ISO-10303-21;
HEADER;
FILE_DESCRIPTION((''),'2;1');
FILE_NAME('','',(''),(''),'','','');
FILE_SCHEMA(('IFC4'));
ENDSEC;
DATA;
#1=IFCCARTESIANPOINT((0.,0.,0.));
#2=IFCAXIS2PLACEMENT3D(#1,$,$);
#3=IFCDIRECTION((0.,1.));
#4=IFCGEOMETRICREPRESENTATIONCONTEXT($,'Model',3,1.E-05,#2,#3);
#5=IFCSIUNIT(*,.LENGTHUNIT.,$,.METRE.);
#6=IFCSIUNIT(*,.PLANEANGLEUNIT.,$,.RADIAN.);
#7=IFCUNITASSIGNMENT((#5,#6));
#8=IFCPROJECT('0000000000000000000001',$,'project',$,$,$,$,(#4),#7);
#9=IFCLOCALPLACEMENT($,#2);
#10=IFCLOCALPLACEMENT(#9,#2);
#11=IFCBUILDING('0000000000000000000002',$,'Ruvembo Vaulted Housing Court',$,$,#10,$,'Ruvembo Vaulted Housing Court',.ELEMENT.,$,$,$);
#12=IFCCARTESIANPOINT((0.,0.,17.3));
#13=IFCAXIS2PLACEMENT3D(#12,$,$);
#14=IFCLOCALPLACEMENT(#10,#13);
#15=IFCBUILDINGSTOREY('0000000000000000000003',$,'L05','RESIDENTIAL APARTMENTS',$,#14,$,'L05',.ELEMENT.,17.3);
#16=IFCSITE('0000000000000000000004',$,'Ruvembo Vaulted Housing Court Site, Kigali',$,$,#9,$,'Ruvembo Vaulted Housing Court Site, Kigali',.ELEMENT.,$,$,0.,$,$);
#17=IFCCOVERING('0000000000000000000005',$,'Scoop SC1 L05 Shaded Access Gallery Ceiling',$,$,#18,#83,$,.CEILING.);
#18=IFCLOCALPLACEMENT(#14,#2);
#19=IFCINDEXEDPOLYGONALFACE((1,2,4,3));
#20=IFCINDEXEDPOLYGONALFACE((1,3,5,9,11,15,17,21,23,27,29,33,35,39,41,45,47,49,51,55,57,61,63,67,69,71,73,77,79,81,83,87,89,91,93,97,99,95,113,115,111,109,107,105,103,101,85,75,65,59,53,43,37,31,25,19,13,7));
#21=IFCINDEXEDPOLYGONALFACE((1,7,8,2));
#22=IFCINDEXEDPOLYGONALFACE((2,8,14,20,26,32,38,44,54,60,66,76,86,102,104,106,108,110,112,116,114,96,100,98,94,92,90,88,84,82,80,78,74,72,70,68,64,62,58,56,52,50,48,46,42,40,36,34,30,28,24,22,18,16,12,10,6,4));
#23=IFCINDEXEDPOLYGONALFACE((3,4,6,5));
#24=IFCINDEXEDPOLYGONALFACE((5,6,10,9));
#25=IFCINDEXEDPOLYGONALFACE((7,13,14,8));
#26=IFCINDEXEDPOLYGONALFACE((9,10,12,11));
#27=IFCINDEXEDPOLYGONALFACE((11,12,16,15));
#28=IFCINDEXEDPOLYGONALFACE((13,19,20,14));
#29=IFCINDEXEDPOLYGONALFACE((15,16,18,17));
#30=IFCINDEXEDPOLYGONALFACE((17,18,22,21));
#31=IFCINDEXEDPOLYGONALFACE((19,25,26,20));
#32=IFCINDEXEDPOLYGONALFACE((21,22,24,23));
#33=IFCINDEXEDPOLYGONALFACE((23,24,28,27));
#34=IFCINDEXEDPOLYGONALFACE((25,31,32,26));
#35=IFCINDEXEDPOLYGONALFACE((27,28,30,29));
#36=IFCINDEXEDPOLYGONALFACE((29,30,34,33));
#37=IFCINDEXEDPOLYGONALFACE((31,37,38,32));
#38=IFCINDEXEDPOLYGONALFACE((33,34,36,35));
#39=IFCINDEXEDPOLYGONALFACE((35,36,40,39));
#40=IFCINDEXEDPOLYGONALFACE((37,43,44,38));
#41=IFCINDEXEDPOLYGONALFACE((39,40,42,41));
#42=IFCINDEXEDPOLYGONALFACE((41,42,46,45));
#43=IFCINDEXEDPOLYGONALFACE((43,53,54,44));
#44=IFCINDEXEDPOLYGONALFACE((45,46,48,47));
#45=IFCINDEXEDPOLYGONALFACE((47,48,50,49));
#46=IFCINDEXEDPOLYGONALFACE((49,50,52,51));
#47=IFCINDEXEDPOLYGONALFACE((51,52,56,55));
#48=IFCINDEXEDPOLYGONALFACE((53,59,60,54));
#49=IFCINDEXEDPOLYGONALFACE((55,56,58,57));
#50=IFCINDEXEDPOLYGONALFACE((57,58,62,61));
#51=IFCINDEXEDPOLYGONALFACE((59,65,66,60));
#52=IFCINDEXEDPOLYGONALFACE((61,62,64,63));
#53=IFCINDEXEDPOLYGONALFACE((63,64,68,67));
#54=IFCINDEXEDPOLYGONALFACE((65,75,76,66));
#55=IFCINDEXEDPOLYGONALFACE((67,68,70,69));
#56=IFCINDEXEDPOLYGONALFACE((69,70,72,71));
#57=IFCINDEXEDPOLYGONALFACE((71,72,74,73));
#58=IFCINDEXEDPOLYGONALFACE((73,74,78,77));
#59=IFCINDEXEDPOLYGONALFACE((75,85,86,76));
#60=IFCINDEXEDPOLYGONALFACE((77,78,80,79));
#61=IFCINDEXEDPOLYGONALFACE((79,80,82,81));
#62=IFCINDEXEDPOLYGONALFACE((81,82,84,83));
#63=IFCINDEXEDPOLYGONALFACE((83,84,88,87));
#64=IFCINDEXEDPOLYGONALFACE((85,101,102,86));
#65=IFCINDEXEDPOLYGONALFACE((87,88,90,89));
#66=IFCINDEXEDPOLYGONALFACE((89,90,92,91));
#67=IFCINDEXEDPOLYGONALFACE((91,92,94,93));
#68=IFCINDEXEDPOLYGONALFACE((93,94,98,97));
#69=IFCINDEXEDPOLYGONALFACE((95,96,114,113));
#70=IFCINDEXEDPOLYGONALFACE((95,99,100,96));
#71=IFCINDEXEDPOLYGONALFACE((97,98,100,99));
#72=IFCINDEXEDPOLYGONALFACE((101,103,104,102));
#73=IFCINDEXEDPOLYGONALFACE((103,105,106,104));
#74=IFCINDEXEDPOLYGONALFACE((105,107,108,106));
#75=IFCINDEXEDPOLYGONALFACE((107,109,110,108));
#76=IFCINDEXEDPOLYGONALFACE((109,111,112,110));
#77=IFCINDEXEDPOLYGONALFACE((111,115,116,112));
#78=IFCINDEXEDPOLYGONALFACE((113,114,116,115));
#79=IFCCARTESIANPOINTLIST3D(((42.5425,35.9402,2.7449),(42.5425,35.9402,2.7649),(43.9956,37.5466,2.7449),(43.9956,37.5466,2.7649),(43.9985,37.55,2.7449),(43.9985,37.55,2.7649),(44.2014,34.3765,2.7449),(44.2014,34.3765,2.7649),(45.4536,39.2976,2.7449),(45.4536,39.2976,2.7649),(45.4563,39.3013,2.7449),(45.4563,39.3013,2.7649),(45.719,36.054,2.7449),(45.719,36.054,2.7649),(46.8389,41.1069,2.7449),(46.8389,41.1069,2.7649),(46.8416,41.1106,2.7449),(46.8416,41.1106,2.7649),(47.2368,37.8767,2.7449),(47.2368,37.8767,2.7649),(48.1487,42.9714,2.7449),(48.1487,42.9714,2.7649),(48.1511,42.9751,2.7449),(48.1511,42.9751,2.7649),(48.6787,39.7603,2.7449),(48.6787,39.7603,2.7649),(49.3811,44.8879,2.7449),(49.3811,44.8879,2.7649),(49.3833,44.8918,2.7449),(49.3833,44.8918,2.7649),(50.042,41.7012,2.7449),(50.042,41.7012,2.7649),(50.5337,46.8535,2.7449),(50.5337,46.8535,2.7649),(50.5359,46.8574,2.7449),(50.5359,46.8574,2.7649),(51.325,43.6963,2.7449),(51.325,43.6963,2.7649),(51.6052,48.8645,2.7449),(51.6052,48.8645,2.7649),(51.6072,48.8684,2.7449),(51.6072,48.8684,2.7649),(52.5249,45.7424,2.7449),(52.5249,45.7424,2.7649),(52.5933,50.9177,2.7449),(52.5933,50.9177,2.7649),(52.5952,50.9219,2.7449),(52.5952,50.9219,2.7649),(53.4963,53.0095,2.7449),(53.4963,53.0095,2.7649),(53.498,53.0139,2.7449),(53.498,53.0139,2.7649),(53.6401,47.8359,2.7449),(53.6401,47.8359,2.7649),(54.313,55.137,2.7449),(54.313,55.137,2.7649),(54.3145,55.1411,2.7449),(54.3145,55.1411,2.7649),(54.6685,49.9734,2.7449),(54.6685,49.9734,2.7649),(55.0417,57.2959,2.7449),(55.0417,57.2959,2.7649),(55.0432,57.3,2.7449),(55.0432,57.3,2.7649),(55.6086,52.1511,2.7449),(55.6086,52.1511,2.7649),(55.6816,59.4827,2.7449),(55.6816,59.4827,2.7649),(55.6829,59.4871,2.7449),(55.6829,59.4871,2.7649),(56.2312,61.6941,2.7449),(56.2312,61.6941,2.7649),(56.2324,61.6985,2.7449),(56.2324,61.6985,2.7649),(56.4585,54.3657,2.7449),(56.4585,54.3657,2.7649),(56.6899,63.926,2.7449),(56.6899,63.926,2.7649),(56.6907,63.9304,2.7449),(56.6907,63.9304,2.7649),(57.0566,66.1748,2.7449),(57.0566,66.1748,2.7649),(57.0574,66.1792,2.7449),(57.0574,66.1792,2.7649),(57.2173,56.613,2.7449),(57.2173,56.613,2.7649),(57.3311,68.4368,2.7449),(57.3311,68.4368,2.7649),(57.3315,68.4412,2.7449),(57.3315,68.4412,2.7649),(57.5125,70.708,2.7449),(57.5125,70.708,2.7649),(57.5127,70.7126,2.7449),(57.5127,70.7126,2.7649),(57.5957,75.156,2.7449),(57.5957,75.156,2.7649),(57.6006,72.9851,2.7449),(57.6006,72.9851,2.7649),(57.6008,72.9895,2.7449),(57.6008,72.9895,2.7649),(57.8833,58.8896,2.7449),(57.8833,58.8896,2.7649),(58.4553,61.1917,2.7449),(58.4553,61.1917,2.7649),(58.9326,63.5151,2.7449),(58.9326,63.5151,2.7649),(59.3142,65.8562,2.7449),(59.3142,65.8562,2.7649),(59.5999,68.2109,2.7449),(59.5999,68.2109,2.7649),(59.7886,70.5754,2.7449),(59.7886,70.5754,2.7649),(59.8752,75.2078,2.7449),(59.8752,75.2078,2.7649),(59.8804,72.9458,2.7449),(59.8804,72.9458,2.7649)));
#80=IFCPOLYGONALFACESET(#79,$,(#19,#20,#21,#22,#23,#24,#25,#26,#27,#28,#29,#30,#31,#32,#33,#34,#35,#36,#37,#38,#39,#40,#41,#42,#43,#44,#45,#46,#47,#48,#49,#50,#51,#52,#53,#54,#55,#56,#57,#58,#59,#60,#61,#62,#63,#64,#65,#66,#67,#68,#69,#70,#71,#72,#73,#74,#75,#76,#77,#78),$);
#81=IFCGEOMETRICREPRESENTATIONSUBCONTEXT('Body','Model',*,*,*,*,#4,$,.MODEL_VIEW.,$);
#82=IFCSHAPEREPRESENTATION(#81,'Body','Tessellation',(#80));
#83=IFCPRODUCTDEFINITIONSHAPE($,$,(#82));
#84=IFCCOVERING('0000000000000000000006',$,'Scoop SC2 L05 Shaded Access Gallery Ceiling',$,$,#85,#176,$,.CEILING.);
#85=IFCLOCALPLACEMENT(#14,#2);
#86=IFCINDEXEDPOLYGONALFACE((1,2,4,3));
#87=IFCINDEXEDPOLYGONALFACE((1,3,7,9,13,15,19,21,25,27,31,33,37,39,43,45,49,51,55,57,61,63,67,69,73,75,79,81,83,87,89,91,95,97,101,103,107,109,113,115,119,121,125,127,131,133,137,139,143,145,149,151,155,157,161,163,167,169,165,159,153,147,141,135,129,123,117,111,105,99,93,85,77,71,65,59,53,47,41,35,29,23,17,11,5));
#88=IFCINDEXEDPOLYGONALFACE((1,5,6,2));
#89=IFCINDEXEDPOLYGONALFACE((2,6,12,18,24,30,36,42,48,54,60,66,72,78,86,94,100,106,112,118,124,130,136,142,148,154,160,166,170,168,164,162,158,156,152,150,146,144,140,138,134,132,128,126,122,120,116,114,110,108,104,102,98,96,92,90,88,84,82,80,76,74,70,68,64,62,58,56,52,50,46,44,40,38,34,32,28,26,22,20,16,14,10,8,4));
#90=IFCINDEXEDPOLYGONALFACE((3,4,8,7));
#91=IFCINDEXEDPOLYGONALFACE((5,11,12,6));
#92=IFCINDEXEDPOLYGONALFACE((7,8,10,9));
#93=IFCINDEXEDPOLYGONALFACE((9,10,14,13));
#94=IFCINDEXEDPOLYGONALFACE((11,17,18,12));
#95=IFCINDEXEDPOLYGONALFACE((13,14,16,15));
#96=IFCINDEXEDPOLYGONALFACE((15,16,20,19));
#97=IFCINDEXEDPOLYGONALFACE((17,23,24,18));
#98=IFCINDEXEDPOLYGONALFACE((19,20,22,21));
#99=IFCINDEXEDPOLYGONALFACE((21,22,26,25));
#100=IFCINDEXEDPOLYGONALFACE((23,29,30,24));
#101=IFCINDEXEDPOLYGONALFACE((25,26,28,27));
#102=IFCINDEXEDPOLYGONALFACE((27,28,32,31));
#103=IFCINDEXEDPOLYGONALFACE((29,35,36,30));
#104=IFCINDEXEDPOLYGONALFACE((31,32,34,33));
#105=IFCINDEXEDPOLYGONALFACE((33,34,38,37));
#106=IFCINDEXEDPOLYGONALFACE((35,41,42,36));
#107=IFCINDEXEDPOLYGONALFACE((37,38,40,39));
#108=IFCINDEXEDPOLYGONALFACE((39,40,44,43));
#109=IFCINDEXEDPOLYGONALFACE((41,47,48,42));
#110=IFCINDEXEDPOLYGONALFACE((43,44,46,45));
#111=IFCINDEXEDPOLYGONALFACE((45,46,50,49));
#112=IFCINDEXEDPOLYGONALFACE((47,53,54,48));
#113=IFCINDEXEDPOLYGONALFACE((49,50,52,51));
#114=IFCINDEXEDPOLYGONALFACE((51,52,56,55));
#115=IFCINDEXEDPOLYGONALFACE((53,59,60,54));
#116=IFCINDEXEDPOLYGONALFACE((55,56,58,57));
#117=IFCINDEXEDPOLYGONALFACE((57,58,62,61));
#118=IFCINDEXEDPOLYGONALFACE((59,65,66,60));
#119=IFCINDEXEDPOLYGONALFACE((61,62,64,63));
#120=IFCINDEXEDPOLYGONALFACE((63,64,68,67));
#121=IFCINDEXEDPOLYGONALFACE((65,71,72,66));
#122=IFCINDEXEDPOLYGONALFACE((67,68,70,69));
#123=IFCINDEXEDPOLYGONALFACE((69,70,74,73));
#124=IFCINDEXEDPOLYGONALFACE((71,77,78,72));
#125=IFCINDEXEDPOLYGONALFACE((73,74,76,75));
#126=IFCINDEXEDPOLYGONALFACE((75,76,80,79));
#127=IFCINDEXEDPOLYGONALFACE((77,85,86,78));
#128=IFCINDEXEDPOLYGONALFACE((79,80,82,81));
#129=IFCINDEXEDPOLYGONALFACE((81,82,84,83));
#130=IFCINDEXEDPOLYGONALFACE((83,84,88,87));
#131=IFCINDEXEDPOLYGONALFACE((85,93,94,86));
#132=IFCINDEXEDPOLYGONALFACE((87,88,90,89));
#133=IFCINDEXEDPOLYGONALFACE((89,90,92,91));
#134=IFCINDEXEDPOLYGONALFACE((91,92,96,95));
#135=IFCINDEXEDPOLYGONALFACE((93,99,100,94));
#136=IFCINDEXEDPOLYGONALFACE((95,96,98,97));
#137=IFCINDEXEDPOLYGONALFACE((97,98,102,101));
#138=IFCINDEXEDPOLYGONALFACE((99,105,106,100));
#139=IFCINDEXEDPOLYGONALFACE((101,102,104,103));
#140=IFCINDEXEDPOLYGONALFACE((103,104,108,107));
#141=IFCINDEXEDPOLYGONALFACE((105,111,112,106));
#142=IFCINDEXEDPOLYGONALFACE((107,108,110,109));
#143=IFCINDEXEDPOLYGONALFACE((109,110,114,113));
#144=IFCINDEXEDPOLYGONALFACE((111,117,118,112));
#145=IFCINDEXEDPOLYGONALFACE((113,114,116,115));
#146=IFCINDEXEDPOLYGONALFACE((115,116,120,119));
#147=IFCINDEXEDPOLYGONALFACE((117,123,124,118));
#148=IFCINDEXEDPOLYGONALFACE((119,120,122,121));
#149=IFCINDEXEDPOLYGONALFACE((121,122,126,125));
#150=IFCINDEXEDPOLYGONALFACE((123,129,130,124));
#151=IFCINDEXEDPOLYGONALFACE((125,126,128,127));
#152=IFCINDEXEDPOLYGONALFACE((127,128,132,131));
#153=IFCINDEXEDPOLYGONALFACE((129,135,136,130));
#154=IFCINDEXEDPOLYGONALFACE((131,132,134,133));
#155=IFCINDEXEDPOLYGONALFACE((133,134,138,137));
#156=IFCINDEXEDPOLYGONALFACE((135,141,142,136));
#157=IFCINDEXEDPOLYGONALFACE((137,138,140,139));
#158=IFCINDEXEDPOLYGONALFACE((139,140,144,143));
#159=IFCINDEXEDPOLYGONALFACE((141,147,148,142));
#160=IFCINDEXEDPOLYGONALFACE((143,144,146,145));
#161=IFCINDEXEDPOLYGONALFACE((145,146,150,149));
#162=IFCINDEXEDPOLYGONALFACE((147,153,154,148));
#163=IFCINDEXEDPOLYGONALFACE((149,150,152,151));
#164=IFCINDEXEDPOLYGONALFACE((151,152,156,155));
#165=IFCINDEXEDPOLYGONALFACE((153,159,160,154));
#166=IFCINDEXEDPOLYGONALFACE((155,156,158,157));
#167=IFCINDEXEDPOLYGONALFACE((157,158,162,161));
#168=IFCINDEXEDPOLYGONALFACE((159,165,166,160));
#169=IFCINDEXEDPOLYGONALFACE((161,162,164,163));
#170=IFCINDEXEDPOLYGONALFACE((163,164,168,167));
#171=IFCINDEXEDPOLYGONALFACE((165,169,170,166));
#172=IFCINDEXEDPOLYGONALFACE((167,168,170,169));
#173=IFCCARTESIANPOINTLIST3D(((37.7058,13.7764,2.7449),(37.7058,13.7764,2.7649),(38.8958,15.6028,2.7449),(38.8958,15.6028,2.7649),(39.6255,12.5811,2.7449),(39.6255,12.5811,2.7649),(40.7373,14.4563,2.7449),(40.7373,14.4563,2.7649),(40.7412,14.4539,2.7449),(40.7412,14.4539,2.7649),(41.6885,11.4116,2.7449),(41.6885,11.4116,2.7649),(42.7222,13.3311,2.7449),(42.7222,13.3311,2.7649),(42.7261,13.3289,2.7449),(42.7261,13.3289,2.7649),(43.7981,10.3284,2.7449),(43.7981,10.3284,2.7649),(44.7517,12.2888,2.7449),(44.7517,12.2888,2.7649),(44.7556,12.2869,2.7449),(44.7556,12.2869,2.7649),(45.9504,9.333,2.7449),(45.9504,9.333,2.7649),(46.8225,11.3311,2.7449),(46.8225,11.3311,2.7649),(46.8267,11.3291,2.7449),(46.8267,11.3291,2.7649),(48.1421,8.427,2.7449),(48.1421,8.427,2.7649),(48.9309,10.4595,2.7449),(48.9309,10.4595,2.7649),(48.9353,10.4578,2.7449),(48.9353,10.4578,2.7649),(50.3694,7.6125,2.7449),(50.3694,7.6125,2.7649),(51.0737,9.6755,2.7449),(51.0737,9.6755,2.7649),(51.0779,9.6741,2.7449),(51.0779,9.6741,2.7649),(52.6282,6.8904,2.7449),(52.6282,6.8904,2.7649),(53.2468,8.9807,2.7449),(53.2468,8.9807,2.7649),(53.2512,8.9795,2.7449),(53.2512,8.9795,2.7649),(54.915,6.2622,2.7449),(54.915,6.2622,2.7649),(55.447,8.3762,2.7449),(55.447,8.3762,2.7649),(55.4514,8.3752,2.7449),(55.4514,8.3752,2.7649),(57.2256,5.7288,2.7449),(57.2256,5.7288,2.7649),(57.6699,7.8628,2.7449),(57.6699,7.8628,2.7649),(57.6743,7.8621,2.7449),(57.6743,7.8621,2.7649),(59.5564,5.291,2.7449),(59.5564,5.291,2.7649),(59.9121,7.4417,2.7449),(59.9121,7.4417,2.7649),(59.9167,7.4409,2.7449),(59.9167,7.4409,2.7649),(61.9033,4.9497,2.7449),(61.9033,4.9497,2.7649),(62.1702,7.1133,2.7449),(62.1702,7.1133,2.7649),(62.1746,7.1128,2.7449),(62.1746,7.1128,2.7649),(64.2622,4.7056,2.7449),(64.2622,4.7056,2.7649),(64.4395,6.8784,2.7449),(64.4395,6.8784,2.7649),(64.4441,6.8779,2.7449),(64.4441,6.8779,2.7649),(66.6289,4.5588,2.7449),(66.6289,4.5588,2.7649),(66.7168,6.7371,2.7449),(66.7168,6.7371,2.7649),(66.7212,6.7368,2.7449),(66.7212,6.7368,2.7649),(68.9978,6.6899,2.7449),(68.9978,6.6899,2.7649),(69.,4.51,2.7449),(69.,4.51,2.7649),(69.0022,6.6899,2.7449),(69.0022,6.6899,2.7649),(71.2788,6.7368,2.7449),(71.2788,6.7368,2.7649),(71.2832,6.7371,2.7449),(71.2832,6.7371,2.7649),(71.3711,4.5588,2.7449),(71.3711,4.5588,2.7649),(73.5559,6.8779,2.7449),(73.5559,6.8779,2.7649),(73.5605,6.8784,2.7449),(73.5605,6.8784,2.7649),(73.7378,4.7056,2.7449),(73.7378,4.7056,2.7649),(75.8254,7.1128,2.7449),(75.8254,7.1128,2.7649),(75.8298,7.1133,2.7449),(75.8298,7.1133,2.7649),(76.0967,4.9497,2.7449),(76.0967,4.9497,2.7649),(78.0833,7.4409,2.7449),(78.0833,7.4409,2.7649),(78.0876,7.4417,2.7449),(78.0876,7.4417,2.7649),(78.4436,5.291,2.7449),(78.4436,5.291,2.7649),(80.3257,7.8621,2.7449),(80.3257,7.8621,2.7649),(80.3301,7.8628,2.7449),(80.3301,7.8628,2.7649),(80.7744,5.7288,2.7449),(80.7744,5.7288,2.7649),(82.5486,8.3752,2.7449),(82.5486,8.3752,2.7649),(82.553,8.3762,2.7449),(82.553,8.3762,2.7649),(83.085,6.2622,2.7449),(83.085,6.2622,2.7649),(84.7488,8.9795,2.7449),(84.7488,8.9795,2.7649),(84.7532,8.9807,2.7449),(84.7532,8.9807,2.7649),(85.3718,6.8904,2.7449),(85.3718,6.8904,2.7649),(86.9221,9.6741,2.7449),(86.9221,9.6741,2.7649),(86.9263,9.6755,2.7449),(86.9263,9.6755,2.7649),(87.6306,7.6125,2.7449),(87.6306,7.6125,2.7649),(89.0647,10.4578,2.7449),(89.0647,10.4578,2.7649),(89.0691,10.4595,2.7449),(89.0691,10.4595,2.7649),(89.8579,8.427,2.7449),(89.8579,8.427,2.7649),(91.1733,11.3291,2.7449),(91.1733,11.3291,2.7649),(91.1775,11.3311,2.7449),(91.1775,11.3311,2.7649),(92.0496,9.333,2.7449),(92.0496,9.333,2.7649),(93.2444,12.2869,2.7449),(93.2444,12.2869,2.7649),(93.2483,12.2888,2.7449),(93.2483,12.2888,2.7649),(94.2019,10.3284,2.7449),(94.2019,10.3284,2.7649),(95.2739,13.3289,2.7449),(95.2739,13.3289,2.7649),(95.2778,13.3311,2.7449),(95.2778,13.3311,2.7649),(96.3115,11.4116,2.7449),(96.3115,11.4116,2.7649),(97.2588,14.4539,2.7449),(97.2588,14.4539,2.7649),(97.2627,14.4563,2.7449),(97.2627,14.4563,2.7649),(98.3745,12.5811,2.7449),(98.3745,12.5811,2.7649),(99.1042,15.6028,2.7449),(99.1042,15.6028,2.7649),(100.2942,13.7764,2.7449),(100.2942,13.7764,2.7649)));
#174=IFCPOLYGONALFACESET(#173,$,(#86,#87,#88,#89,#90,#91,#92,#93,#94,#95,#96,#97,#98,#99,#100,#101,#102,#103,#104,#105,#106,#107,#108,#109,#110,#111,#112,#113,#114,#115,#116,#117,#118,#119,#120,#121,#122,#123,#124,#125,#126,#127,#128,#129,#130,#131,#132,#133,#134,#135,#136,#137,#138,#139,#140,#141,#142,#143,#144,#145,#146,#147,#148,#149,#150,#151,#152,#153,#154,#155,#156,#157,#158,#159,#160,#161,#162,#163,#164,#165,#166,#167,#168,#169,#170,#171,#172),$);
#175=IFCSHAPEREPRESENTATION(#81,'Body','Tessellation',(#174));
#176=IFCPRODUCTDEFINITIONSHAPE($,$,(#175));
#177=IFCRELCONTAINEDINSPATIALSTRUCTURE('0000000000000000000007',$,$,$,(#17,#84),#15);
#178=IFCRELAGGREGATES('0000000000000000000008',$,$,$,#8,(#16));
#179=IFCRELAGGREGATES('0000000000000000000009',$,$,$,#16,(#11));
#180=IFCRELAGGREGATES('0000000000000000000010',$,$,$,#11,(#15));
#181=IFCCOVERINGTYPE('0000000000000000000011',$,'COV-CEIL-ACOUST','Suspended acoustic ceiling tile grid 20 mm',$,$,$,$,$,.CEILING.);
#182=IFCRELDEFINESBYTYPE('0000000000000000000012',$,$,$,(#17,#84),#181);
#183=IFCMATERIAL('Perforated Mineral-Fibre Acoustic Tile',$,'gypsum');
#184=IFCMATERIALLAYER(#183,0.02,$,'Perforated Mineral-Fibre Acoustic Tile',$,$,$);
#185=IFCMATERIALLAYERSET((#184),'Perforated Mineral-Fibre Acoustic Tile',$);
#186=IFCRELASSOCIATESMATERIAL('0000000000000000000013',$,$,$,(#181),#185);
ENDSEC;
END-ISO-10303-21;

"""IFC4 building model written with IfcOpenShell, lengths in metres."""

from ifc_helpers import new_model, si_unit, direction, frame, origin, place, context, subcontext, project, spatial, polyline, outline, extrude, material, layer, layer_set, type_object, element, save


model = new_model("IFC4")

# Units and contexts
model_context = context("Model", 3, precision=1e-05, world=origin(), true_north=direction((0.0, 1.0)))
body_context = subcontext(model_context, "Body", "Model", "MODEL_VIEW")
ifc_project = project(units=[si_unit("LENGTHUNIT", "METRE"), si_unit("PLANEANGLEUNIT", "RADIAN")], contexts=[model_context])

# Site, building, storey
site_placement = place(None, origin())
site = spatial("IfcSite", under=ifc_project, at=site_placement, Name="Ruvembo Vaulted Housing Court Site, Kigali", LongName="Ruvembo Vaulted Housing Court Site, Kigali", CompositionType="ELEMENT", RefElevation=0.0)
building_placement = place(site_placement, origin())
building = spatial("IfcBuilding", under=site, at=building_placement, Name="Ruvembo Vaulted Housing Court", LongName="Ruvembo Vaulted Housing Court", CompositionType="ELEMENT")
storey_placement = place(building_placement, frame((0.0, 0.0, 17.3)))
storey = spatial("IfcBuildingStorey", under=building, at=storey_placement, Name="L05", Description="RESIDENTIAL APARTMENTS", LongName="L05", CompositionType="ELEMENT", Elevation=17.3)

# Coverings
ifc_material_1 = material(Name="Perforated Mineral-Fibre Acoustic Tile", Category="gypsum")
ifc_layer_1 = layer(ifc_material_1, 0.02, Name="Perforated Mineral-Fibre Acoustic Tile")
ifc_layer_set_1 = layer_set([ifc_layer_1], Name="Perforated Mineral-Fibre Acoustic Tile")
covering_type_1 = type_object("IfcCoveringType", Name="COV-CEIL-ACOUST", Description="Suspended acoustic ceiling tile grid 20 mm", PredefinedType="CEILING", material=ifc_layer_set_1)
covering_1_placement = place(storey_placement, frame((0.0, 0.0, 2.7449)))
element("IfcCovering", 1, at=covering_1_placement, inside=storey, type_object=covering_type_1, Name="Scoop SC1 L05 Shaded Access Gallery Ceiling", PredefinedType="CEILING", context=body_context, shape_type="SweptSolid", body=[
    extrude(outline(polyline([(44.2014, 34.3765), (45.719, 36.054), (47.2368, 37.8767), (48.6787, 39.7603), (50.042, 41.7012), (51.325, 43.6963), (52.5249, 45.7424), (53.6401, 47.8359), (54.6685, 49.9734), (55.6086, 52.1511), (56.4585, 54.3657), (57.2173, 56.613), (57.8833, 58.8896), (58.4553, 61.1917), (58.9326, 63.5151), (59.3142, 65.8562), (59.5999, 68.2109), (59.7886, 70.5754), (59.8804, 72.9458), (59.8752, 75.2078), (57.5957, 75.156), (57.6008, 72.9895), (57.6006, 72.9851), (57.5127, 70.7126), (57.5125, 70.708), (57.3315, 68.4412), (57.3311, 68.4368), (57.0574, 66.1792), (57.0566, 66.1748), (56.6907, 63.9304), (56.6899, 63.926), (56.2324, 61.6985), (56.2312, 61.6941), (55.6829, 59.4871), (55.6816, 59.4827), (55.0432, 57.3), (55.0417, 57.2959), (54.3145, 55.1411), (54.313, 55.137), (53.498, 53.0139), (53.4963, 53.0095), (52.5952, 50.9219), (52.5933, 50.9177), (51.6072, 48.8684), (51.6052, 48.8645), (50.5359, 46.8574), (50.5337, 46.8535), (49.3833, 44.8918), (49.3811, 44.8879), (48.1511, 42.9751), (48.1487, 42.9714), (46.8416, 41.1106), (46.8389, 41.1069), (45.4563, 39.3013), (45.4536, 39.2976), (43.9985, 37.55), (43.9956, 37.5466), (42.5425, 35.9402), (44.2014, 34.3765)])), origin(), (0.0, 0.0, 1.0), 0.02),
])
covering_2_placement = place(storey_placement, frame((0.0, 0.0, 2.7449)))
element("IfcCovering", 2, at=covering_2_placement, inside=storey, type_object=covering_type_1, Name="Scoop SC2 L05 Shaded Access Gallery Ceiling", PredefinedType="CEILING", context=body_context, shape_type="SweptSolid", body=[
    extrude(outline(polyline([(37.7058, 13.7764), (39.6255, 12.5811), (41.6885, 11.4116), (43.7981, 10.3284), (45.9504, 9.333), (48.1421, 8.427), (50.3694, 7.6125), (52.6282, 6.8904), (54.915, 6.2622), (57.2256, 5.7288), (59.5564, 5.291), (61.9033, 4.9497), (64.2622, 4.7056), (66.6289, 4.5588), (69.0, 4.51), (71.3711, 4.5588), (73.7378, 4.7056), (76.0967, 4.9497), (78.4436, 5.291), (80.7744, 5.7288), (83.085, 6.2622), (85.3718, 6.8904), (87.6306, 7.6125), (89.8579, 8.427), (92.0496, 9.333), (94.2019, 10.3284), (96.3115, 11.4116), (98.3745, 12.5811), (100.2942, 13.7764), (99.1042, 15.6028), (97.2627, 14.4563), (97.2588, 14.4539), (95.2778, 13.3311), (95.2739, 13.3289), (93.2483, 12.2888), (93.2444, 12.2869), (91.1775, 11.3311), (91.1733, 11.3291), (89.0691, 10.4595), (89.0647, 10.4578), (86.9263, 9.6755), (86.9221, 9.6741), (84.7532, 8.9807), (84.7488, 8.9795), (82.553, 8.3762), (82.5486, 8.3752), (80.3301, 7.8628), (80.3257, 7.8621), (78.0876, 7.4417), (78.0833, 7.4409), (75.8298, 7.1133), (75.8254, 7.1128), (73.5605, 6.8784), (73.5559, 6.8779), (71.2832, 6.7371), (71.2788, 6.7368), (69.0022, 6.6899), (68.9978, 6.6899), (66.7212, 6.7368), (66.7168, 6.7371), (64.4441, 6.8779), (64.4395, 6.8784), (62.1746, 7.1128), (62.1702, 7.1133), (59.9167, 7.4409), (59.9121, 7.4417), (57.6743, 7.8621), (57.6699, 7.8628), (55.4514, 8.3752), (55.447, 8.3762), (53.2512, 8.9795), (53.2468, 8.9807), (51.0779, 9.6741), (51.0737, 9.6755), (48.9353, 10.4578), (48.9309, 10.4595), (46.8267, 11.3291), (46.8225, 11.3311), (44.7556, 12.2869), (44.7517, 12.2888), (42.7261, 13.3289), (42.7222, 13.3311), (40.7412, 14.4539), (40.7373, 14.4563), (38.8958, 15.6028), (37.7058, 13.7764)])), origin(), (0.0, 0.0, 1.0), 0.02),
])

save(model, "model.ifc")
